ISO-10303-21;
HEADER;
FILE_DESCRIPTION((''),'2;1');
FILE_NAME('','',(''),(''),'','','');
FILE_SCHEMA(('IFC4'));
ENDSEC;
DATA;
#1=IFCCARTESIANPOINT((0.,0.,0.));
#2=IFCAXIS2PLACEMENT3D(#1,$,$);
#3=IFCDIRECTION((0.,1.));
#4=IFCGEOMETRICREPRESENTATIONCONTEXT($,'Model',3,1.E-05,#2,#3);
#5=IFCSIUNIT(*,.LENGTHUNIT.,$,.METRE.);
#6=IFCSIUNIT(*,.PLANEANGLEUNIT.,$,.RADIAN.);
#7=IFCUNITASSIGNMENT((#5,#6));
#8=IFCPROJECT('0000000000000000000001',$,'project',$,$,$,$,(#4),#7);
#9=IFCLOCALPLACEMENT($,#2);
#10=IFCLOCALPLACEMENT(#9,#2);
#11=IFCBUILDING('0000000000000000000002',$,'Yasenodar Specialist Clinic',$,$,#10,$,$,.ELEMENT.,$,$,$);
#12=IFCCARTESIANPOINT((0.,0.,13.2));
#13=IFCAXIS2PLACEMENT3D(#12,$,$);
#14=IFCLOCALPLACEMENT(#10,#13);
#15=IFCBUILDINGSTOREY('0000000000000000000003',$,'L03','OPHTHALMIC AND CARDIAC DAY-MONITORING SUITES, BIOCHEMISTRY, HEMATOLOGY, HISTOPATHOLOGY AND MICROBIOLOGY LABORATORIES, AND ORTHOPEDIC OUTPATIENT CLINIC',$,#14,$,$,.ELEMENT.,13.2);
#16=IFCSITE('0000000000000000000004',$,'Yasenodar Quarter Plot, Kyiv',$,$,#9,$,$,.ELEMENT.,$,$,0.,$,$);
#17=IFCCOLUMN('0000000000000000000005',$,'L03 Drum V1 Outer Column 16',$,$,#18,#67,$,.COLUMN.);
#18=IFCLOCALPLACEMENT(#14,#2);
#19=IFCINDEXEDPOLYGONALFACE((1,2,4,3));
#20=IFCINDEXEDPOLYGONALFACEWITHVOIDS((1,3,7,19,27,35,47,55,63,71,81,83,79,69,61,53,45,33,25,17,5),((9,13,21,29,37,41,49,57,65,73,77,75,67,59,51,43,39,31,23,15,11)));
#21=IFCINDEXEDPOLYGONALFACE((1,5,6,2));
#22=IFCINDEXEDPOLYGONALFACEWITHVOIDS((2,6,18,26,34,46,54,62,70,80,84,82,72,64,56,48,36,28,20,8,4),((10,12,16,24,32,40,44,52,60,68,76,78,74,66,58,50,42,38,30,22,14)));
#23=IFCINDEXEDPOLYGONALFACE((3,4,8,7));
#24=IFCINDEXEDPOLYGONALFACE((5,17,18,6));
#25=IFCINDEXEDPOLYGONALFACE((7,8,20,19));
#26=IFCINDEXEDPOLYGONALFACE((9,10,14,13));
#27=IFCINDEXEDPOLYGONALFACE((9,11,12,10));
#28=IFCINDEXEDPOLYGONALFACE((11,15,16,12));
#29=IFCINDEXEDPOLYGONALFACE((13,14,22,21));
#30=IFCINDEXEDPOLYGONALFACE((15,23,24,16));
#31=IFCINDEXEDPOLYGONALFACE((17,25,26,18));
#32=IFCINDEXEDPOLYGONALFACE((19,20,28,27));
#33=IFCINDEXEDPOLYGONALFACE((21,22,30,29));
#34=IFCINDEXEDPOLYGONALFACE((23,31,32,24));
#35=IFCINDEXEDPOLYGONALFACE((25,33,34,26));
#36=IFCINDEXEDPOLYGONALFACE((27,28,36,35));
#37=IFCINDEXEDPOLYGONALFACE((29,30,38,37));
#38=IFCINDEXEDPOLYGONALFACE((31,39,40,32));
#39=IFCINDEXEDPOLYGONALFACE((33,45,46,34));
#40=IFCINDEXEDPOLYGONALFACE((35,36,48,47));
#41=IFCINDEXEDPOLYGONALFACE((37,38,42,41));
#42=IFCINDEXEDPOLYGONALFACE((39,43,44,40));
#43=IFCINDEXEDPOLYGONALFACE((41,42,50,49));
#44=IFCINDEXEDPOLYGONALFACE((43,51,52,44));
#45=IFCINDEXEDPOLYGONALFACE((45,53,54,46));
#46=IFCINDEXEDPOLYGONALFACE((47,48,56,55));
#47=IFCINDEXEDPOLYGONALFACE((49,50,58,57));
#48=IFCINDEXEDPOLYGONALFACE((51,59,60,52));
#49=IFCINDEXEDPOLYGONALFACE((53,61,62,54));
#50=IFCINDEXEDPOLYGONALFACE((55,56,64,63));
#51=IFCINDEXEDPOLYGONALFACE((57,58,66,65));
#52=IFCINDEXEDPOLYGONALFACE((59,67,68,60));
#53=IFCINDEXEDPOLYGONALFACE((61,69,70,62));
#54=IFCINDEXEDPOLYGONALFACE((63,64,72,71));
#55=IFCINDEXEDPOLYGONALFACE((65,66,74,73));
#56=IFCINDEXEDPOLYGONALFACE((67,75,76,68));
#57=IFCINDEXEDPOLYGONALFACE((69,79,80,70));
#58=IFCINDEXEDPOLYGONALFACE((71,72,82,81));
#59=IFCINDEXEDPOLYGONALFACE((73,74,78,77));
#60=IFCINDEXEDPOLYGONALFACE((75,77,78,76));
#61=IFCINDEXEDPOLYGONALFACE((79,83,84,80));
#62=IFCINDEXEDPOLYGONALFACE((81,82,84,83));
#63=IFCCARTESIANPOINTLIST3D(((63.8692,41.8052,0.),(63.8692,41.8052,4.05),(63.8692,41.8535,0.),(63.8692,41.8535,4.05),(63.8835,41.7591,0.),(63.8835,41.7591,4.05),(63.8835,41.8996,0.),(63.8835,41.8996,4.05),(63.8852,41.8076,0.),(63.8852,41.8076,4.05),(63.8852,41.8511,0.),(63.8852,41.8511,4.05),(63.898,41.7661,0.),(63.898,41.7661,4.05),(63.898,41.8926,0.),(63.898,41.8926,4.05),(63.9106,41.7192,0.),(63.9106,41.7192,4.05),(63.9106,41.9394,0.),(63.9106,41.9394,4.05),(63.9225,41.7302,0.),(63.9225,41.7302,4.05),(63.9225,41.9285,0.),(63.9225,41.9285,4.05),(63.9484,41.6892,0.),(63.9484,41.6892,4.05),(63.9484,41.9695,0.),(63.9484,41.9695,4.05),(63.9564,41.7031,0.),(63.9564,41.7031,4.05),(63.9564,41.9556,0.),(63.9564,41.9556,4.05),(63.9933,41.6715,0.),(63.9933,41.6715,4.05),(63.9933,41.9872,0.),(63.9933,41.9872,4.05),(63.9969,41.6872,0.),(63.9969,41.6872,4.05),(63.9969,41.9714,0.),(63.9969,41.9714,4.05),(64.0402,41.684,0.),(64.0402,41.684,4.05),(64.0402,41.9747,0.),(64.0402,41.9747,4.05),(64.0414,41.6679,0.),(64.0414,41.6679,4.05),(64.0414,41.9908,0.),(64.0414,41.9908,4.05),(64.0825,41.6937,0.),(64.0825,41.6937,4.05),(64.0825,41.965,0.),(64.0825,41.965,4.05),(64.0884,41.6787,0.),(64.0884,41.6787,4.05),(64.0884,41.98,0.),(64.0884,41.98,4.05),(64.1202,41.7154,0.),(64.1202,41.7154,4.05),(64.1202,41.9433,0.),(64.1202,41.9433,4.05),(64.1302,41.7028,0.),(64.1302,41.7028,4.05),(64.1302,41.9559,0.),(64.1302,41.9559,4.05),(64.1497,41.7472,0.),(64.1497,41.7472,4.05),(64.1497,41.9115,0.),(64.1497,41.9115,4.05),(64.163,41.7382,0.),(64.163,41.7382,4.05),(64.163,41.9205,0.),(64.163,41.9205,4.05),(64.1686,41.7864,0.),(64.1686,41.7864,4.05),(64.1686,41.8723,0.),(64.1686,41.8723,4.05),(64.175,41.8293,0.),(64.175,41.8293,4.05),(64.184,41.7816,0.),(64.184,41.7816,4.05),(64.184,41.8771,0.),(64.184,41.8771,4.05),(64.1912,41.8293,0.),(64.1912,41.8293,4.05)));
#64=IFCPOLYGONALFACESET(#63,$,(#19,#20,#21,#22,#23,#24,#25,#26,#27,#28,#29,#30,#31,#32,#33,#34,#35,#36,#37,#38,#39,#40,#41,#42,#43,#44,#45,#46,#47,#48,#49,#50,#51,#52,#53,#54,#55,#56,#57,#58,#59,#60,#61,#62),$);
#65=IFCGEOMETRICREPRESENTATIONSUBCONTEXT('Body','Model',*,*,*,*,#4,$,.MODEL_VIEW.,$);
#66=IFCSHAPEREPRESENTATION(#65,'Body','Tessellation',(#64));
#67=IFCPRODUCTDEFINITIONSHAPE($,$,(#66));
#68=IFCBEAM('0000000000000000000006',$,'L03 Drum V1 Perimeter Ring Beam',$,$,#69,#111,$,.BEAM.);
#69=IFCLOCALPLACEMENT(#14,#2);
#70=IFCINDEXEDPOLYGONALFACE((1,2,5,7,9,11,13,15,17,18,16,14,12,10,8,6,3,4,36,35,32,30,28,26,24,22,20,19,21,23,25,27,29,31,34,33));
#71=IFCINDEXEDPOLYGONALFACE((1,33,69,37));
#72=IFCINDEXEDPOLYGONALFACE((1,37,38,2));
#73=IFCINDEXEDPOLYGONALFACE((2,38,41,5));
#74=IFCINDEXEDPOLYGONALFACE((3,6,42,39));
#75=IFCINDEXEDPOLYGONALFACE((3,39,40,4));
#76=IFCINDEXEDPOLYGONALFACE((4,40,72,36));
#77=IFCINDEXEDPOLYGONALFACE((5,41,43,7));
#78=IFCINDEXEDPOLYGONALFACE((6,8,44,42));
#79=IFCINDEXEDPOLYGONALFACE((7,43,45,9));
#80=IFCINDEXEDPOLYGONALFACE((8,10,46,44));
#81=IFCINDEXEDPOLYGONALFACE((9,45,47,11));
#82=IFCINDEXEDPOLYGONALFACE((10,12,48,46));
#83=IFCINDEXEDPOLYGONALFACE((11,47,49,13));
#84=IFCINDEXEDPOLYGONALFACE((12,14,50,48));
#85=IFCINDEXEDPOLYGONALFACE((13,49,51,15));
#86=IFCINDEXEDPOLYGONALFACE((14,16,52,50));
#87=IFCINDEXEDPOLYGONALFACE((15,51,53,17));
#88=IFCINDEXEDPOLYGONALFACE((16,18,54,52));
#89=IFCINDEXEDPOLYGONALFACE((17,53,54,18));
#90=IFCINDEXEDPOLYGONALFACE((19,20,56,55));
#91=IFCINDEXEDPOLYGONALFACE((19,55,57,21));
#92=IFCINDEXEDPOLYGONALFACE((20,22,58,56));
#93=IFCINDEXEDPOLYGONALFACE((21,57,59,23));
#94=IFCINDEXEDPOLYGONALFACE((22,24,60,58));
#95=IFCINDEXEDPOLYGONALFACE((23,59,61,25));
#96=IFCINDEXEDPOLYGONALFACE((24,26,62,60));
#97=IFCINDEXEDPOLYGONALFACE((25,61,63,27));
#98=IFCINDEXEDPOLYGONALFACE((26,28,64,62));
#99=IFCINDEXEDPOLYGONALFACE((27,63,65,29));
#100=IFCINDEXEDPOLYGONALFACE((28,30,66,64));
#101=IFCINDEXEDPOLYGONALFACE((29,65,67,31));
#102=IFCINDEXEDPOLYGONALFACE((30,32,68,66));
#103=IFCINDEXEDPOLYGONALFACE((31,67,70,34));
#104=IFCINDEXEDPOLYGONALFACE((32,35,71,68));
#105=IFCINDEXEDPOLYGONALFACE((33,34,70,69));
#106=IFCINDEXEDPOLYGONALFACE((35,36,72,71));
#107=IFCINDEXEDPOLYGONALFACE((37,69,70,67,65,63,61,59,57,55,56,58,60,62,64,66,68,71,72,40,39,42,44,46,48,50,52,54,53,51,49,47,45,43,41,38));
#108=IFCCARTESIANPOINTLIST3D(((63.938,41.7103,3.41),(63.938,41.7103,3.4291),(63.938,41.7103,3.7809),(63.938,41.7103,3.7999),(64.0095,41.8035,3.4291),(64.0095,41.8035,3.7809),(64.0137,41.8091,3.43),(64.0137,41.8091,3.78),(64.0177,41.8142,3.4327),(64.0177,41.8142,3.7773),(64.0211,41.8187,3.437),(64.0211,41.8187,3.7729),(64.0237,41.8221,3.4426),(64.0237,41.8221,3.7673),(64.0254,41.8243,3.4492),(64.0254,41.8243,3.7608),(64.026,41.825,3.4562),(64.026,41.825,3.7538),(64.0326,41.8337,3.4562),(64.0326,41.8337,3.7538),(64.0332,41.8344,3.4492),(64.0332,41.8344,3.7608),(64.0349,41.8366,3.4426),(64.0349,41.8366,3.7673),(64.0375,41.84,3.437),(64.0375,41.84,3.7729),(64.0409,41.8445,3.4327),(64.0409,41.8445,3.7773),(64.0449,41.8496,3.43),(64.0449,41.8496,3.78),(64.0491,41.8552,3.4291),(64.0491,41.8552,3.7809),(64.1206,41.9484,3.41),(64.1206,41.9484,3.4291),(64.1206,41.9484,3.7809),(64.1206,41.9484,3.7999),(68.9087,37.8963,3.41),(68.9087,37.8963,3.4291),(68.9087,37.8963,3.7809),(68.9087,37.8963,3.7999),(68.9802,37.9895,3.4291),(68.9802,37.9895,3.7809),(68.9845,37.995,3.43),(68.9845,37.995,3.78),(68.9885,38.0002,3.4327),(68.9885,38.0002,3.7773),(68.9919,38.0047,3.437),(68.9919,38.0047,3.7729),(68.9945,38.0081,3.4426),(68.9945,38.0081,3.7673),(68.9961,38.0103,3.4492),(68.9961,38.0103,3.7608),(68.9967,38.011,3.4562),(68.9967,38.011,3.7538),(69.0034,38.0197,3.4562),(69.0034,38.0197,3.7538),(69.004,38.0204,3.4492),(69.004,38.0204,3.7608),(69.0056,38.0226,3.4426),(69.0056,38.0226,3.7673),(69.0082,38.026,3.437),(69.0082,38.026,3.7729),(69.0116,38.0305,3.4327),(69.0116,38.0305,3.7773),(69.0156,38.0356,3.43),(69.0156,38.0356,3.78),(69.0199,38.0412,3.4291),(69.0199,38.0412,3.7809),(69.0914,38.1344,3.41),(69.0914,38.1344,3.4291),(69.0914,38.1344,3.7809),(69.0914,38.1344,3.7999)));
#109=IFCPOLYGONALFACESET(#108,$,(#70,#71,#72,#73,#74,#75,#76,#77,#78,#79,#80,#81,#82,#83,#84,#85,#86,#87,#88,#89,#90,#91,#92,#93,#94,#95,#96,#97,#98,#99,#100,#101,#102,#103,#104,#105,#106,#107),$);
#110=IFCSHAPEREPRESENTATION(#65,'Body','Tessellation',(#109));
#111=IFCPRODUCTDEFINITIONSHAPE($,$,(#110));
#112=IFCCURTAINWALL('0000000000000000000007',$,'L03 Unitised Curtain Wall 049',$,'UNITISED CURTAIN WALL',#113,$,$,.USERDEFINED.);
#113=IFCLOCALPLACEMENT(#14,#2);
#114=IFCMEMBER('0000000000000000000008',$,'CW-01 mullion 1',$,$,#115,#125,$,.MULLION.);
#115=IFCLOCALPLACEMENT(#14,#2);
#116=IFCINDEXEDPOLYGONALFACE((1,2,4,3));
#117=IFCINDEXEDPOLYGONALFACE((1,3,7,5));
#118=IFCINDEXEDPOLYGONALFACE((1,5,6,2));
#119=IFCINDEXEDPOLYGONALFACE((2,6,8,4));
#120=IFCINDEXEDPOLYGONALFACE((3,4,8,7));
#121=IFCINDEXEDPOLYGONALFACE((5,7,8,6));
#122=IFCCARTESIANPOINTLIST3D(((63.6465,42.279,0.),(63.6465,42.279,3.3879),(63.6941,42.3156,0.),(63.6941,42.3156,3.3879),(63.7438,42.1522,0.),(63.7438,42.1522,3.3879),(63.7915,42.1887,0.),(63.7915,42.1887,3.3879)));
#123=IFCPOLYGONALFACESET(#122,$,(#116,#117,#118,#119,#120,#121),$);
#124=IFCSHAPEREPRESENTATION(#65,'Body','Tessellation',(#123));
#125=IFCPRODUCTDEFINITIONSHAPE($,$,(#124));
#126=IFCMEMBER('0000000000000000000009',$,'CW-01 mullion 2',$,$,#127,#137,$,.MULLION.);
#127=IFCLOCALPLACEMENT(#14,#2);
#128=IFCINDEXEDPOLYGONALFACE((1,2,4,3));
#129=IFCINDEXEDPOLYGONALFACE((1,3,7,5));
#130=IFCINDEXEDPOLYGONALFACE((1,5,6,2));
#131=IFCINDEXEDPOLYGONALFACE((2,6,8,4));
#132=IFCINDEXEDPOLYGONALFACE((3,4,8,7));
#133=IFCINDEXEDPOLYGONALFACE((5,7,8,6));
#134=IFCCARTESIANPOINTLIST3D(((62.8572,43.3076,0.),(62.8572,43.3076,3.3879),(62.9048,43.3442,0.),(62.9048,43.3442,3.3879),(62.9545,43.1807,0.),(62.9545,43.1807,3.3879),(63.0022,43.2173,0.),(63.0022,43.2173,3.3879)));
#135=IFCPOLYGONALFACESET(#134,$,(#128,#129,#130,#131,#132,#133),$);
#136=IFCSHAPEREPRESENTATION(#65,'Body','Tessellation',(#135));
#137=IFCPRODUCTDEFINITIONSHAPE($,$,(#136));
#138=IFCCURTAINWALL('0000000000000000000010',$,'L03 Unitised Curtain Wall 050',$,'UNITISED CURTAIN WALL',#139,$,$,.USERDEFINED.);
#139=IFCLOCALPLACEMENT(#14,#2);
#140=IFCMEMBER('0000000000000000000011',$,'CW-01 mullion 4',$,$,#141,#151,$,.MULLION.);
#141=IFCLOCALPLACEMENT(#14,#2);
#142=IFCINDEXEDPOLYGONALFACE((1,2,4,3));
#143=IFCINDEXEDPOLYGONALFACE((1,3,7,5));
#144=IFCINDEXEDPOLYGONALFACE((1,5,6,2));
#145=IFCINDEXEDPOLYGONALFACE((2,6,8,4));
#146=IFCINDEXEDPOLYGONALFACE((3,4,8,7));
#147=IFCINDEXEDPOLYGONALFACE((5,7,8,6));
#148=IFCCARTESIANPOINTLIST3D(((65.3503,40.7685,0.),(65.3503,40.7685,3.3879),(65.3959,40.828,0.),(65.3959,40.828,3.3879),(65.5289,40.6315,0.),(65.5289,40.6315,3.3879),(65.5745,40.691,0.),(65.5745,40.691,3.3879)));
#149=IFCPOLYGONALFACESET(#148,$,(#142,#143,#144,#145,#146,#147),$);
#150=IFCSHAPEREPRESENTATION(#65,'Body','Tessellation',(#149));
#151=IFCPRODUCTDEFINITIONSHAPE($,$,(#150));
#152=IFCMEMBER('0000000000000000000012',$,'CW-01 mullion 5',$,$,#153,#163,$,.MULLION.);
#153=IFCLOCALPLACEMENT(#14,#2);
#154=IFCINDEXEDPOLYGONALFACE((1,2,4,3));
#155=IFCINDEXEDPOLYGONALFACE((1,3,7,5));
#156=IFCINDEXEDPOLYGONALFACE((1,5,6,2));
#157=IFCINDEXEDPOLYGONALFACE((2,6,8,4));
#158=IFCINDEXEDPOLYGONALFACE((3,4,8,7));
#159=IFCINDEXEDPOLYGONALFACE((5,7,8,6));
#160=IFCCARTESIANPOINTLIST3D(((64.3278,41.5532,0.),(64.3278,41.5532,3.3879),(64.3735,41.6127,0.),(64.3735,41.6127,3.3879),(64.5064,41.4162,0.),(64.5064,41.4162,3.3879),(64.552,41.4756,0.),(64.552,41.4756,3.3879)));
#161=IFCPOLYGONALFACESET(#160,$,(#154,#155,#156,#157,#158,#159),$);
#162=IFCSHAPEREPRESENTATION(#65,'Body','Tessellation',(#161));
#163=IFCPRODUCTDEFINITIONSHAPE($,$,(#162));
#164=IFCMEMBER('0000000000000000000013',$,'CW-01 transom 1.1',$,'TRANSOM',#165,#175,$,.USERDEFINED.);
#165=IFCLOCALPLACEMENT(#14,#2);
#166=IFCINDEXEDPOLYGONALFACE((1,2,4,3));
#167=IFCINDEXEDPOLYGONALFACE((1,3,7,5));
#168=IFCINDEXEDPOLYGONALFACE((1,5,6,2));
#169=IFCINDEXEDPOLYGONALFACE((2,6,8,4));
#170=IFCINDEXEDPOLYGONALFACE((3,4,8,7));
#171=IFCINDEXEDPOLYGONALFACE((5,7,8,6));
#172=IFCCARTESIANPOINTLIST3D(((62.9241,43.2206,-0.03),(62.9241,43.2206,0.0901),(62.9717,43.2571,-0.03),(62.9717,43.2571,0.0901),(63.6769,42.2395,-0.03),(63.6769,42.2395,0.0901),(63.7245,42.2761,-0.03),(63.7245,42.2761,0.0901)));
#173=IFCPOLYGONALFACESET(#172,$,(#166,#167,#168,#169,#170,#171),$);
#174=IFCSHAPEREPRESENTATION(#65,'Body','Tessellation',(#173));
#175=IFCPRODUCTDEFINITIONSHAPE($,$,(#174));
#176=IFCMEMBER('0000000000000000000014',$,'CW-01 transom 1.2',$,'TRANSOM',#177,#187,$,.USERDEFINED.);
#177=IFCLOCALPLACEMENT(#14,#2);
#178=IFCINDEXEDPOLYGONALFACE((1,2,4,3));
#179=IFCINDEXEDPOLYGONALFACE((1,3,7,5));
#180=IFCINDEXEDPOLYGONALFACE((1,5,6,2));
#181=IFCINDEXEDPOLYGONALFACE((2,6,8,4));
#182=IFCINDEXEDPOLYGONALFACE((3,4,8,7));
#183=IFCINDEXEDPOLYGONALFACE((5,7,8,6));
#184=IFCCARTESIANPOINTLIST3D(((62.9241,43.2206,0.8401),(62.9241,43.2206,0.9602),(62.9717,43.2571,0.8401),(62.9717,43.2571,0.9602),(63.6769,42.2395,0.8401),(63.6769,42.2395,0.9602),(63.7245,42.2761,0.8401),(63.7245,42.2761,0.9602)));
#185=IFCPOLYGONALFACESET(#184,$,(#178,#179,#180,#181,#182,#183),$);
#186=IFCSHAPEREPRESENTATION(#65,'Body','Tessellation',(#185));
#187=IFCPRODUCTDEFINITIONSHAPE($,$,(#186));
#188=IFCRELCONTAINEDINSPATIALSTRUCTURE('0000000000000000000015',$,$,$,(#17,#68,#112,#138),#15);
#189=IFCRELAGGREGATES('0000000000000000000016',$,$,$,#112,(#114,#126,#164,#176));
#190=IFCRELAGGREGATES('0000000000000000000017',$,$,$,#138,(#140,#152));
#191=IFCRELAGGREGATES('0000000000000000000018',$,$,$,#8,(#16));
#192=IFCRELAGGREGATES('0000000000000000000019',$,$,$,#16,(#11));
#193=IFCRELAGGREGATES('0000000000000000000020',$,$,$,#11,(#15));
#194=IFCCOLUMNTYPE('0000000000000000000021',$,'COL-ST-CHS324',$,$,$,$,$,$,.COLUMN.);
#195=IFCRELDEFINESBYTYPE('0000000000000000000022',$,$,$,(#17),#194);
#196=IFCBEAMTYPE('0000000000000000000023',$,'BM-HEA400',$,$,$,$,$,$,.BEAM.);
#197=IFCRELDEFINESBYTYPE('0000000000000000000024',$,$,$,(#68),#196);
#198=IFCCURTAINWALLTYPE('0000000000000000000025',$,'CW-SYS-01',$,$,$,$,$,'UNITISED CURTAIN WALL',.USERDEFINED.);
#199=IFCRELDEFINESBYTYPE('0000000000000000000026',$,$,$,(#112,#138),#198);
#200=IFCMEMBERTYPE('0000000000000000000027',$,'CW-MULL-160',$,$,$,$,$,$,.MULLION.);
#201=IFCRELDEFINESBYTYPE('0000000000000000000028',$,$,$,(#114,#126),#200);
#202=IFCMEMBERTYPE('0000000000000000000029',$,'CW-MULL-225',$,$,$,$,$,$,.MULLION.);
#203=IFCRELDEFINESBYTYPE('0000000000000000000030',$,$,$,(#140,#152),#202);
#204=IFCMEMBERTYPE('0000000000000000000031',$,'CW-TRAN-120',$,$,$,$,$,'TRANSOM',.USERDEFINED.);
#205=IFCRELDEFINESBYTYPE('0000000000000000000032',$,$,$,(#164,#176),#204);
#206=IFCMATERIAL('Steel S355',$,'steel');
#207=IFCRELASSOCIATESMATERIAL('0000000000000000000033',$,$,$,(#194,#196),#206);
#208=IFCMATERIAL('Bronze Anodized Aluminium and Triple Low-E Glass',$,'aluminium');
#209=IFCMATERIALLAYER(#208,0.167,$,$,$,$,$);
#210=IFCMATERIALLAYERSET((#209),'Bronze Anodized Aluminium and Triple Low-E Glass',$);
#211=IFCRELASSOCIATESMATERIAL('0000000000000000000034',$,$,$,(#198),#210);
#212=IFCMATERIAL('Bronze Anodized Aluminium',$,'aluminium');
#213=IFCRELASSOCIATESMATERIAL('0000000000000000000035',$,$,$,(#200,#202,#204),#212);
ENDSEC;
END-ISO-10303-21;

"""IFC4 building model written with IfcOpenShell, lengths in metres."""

from ifc_helpers import new_model, si_unit, direction, frame, origin, origin_2d, place, context, subcontext, project, spatial, rectangle, hollow_circle, i_section, extrude, material, layer, layer_set, material_profile, profile_set, type_object, element, aggregate, save


model = new_model("IFC4")

# Units and contexts
model_context = context("Model", 3, precision=1e-05, world=origin(), true_north=direction((0.0, 1.0)))
body_context = subcontext(model_context, "Body", "Model", "MODEL_VIEW")
ifc_project = project(units=[si_unit("LENGTHUNIT", "METRE"), si_unit("PLANEANGLEUNIT", "RADIAN")], contexts=[model_context])

# Site, building, storey
site_placement = place(None, origin())
site = spatial("IfcSite", under=ifc_project, at=site_placement, Name="Yasenodar Quarter Plot, Kyiv", CompositionType="ELEMENT", RefElevation=0.0)
building_placement = place(site_placement, origin())
building = spatial("IfcBuilding", under=site, at=building_placement, Name="Yasenodar Specialist Clinic", CompositionType="ELEMENT")
storey_placement = place(building_placement, frame((0.0, 0.0, 13.2)))
storey = spatial("IfcBuildingStorey", under=building, at=storey_placement, Name="L03", Description="OPHTHALMIC AND CARDIAC DAY-MONITORING SUITES, BIOCHEMISTRY, HEMATOLOGY, HISTOPATHOLOGY AND MICROBIOLOGY LABORATORIES, AND ORTHOPEDIC OUTPATIENT CLINIC", CompositionType="ELEMENT", Elevation=13.2)

# Column
ifc_material_1 = material(Name="Steel S355", Category="steel")
ifc_material_profile_1 = material_profile(ifc_material_1, hollow_circle(Radius=0.1619, WallThickness=0.0161, at=origin_2d()), Name="CHS 323.9x16")
ifc_profile_set_1 = profile_set([ifc_material_profile_1], Name="Steel S355")
column_type = type_object("IfcColumnType", Name="COL-ST-CHS324", PredefinedType="COLUMN", material=ifc_profile_set_1)
column_placement = place(storey_placement, frame((64.0293, 41.8293, 0.0), z_axis=(0.0, 0.0, 1.0), x_axis=(1.0, 0.0, 0.0)))
element("IfcColumn", 1, at=column_placement, inside=storey, type_object=column_type, Name="L03 Drum V1 Outer Column 16", PredefinedType="COLUMN", context=body_context, shape_type="SweptSolid", body=[
    extrude(hollow_circle(Radius=0.1619, WallThickness=0.0161, at=origin_2d()), origin(), (0.0, 0.0, 1.0), 4.05),
])

# Beam
ifc_material_profile_2 = material_profile(ifc_material_1, i_section(OverallWidth=0.3, OverallDepth=0.3899, WebThickness=0.011, FlangeThickness=0.019, FilletRadius=0.0271, at=origin_2d()), Name="HEA 400")
ifc_profile_set_2 = profile_set([ifc_material_profile_2], Name="Steel S355")
beam_type = type_object("IfcBeamType", Name="BM-HEA400", PredefinedType="BEAM", material=ifc_profile_set_2)
beam_placement = place(storey_placement, frame((64.0293, 41.8293, 3.605), z_axis=(0.793368, -0.608742, 0.0), x_axis=(0.608742, 0.793368, 0.0)))
element("IfcBeam", 2, at=beam_placement, inside=storey, type_object=beam_type, Name="L03 Drum V1 Perimeter Ring Beam", PredefinedType="BEAM", context=body_context, shape_type="SweptSolid", body=[
    extrude(i_section(OverallWidth=0.3, OverallDepth=0.3899, WebThickness=0.011, FlangeThickness=0.019, FilletRadius=0.0271, at=origin_2d()), origin(), (0.0, 0.0, 1.0), 6.2654),
])

# Curtain walls, members
ifc_material_2 = material(Name="Bronze Anodized Aluminium and Triple Low-E Glass", Category="aluminium")
ifc_layer_1 = layer(ifc_material_2, 0.167)
ifc_layer_set_1 = layer_set([ifc_layer_1], Name="Bronze Anodized Aluminium and Triple Low-E Glass")
curtain_wall_type = type_object("IfcCurtainWallType", Name="CW-SYS-01", ElementType="UNITISED CURTAIN WALL", PredefinedType="USERDEFINED", material=ifc_layer_set_1)
curtain_wall_1_placement = place(storey_placement, origin())
curtain_wall_1 = element("IfcCurtainWall", 3, at=curtain_wall_1_placement, inside=storey, type_object=curtain_wall_type, Name="L03 Unitised Curtain Wall 049", ObjectType="UNITISED CURTAIN WALL", PredefinedType="USERDEFINED")
ifc_material_3 = material(Name="Bronze Anodized Aluminium", Category="aluminium")
ifc_material_profile_3 = material_profile(ifc_material_3, rectangle(XDim=0.0601, YDim=0.1599, at=origin_2d()), Name="CW-MULL 60x160")
ifc_profile_set_3 = profile_set([ifc_material_profile_3], Name="Bronze Anodized Aluminium")
member_type_1 = type_object("IfcMemberType", Name="CW-MULL-160", PredefinedType="MULLION", material=ifc_profile_set_3)
member_1_placement = place(storey_placement, frame((63.719, 42.2339, 0.0), z_axis=(0.0, 0.0, 1.0), x_axis=(-0.793361, -0.608752, 0.0)))
member_1 = element("IfcMember", 4, at=member_1_placement, type_object=member_type_1, Name="CW-01 mullion 1", PredefinedType="MULLION", context=body_context, shape_type="SweptSolid", body=[
    extrude(rectangle(XDim=0.0601, YDim=0.1599, at=origin_2d()), origin(), (0.0, 0.0, 1.0), 3.3879),
])
member_2_placement = place(storey_placement, frame((62.9297, 43.2625, 0.0), z_axis=(0.0, 0.0, 1.0), x_axis=(-0.793361, -0.608752, 0.0)))
member_2 = element("IfcMember", 5, at=member_2_placement, type_object=member_type_1, Name="CW-01 mullion 2", PredefinedType="MULLION", context=body_context, shape_type="SweptSolid", body=[
    extrude(rectangle(XDim=0.0601, YDim=0.1599, at=origin_2d()), origin(), (0.0, 0.0, 1.0), 3.3879),
])
curtain_wall_2_placement = place(storey_placement, origin())
curtain_wall_2 = element("IfcCurtainWall", 6, at=curtain_wall_2_placement, inside=storey, type_object=curtain_wall_type, Name="L03 Unitised Curtain Wall 050", ObjectType="UNITISED CURTAIN WALL", PredefinedType="USERDEFINED")
ifc_material_profile_4 = material_profile(ifc_material_3, rectangle(XDim=0.075, YDim=0.2251, at=origin_2d()), Name="CW-MULL 75x225")
ifc_profile_set_4 = profile_set([ifc_material_profile_4], Name="Bronze Anodized Aluminium")
member_type_2 = type_object("IfcMemberType", Name="CW-MULL-225", PredefinedType="MULLION", material=ifc_profile_set_4)
member_3_placement = place(storey_placement, frame((65.4624, 40.7297, 0.0), z_axis=(0.0, 0.0, 1.0), x_axis=(-0.608752, -0.793361, 0.0)))
member_3 = element("IfcMember", 7, at=member_3_placement, type_object=member_type_2, Name="CW-01 mullion 4", PredefinedType="MULLION", context=body_context, shape_type="SweptSolid", body=[
    extrude(rectangle(XDim=0.075, YDim=0.2251, at=origin_2d()), origin(), (0.0, 0.0, 1.0), 3.3879),
])
member_4_placement = place(storey_placement, frame((64.4399, 41.5144, 0.0), z_axis=(0.0, 0.0, 1.0), x_axis=(-0.608752, -0.793361, 0.0)))
member_4 = element("IfcMember", 8, at=member_4_placement, type_object=member_type_2, Name="CW-01 mullion 5", PredefinedType="MULLION", context=body_context, shape_type="SweptSolid", body=[
    extrude(rectangle(XDim=0.075, YDim=0.2251, at=origin_2d()), origin(), (0.0, 0.0, 1.0), 3.3879),
])

# Members
ifc_material_profile_5 = material_profile(ifc_material_3, rectangle(XDim=0.0601, YDim=0.1201, at=origin_2d()), Name="CW-TRAN 60x120")
ifc_profile_set_5 = profile_set([ifc_material_profile_5], Name="Bronze Anodized Aluminium")
member_type_3 = type_object("IfcMemberType", Name="CW-TRAN-120", ElementType="TRANSOM", PredefinedType="USERDEFINED", material=ifc_profile_set_5)
member_5_placement = place(storey_placement, frame((63.7007, 42.2578, 0.03), z_axis=(-0.608747, 0.793365, 0.0), x_axis=(-0.793365, -0.608747, 0.0)))
member_5 = element("IfcMember", 9, at=member_5_placement, type_object=member_type_3, Name="CW-01 transom 1.1", ObjectType="TRANSOM", PredefinedType="USERDEFINED", context=body_context, shape_type="SweptSolid", body=[
    extrude(rectangle(XDim=0.0601, YDim=0.1201, at=origin_2d()), origin(), (0.0, 0.0, 1.0), 1.2366),
])
member_6_placement = place(storey_placement, frame((63.7007, 42.2578, 0.9001), z_axis=(-0.608747, 0.793365, 0.0), x_axis=(-0.793365, -0.608747, 0.0)))
member_6 = element("IfcMember", 10, at=member_6_placement, type_object=member_type_3, Name="CW-01 transom 1.2", ObjectType="TRANSOM", PredefinedType="USERDEFINED", context=body_context, shape_type="SweptSolid", body=[
    extrude(rectangle(XDim=0.0601, YDim=0.1201, at=origin_2d()), origin(), (0.0, 0.0, 1.0), 1.2366),
])

aggregate(curtain_wall_1, [member_1, member_2, member_5, member_6])
aggregate(curtain_wall_2, [member_3, member_4])

save(model, "model.ifc")
